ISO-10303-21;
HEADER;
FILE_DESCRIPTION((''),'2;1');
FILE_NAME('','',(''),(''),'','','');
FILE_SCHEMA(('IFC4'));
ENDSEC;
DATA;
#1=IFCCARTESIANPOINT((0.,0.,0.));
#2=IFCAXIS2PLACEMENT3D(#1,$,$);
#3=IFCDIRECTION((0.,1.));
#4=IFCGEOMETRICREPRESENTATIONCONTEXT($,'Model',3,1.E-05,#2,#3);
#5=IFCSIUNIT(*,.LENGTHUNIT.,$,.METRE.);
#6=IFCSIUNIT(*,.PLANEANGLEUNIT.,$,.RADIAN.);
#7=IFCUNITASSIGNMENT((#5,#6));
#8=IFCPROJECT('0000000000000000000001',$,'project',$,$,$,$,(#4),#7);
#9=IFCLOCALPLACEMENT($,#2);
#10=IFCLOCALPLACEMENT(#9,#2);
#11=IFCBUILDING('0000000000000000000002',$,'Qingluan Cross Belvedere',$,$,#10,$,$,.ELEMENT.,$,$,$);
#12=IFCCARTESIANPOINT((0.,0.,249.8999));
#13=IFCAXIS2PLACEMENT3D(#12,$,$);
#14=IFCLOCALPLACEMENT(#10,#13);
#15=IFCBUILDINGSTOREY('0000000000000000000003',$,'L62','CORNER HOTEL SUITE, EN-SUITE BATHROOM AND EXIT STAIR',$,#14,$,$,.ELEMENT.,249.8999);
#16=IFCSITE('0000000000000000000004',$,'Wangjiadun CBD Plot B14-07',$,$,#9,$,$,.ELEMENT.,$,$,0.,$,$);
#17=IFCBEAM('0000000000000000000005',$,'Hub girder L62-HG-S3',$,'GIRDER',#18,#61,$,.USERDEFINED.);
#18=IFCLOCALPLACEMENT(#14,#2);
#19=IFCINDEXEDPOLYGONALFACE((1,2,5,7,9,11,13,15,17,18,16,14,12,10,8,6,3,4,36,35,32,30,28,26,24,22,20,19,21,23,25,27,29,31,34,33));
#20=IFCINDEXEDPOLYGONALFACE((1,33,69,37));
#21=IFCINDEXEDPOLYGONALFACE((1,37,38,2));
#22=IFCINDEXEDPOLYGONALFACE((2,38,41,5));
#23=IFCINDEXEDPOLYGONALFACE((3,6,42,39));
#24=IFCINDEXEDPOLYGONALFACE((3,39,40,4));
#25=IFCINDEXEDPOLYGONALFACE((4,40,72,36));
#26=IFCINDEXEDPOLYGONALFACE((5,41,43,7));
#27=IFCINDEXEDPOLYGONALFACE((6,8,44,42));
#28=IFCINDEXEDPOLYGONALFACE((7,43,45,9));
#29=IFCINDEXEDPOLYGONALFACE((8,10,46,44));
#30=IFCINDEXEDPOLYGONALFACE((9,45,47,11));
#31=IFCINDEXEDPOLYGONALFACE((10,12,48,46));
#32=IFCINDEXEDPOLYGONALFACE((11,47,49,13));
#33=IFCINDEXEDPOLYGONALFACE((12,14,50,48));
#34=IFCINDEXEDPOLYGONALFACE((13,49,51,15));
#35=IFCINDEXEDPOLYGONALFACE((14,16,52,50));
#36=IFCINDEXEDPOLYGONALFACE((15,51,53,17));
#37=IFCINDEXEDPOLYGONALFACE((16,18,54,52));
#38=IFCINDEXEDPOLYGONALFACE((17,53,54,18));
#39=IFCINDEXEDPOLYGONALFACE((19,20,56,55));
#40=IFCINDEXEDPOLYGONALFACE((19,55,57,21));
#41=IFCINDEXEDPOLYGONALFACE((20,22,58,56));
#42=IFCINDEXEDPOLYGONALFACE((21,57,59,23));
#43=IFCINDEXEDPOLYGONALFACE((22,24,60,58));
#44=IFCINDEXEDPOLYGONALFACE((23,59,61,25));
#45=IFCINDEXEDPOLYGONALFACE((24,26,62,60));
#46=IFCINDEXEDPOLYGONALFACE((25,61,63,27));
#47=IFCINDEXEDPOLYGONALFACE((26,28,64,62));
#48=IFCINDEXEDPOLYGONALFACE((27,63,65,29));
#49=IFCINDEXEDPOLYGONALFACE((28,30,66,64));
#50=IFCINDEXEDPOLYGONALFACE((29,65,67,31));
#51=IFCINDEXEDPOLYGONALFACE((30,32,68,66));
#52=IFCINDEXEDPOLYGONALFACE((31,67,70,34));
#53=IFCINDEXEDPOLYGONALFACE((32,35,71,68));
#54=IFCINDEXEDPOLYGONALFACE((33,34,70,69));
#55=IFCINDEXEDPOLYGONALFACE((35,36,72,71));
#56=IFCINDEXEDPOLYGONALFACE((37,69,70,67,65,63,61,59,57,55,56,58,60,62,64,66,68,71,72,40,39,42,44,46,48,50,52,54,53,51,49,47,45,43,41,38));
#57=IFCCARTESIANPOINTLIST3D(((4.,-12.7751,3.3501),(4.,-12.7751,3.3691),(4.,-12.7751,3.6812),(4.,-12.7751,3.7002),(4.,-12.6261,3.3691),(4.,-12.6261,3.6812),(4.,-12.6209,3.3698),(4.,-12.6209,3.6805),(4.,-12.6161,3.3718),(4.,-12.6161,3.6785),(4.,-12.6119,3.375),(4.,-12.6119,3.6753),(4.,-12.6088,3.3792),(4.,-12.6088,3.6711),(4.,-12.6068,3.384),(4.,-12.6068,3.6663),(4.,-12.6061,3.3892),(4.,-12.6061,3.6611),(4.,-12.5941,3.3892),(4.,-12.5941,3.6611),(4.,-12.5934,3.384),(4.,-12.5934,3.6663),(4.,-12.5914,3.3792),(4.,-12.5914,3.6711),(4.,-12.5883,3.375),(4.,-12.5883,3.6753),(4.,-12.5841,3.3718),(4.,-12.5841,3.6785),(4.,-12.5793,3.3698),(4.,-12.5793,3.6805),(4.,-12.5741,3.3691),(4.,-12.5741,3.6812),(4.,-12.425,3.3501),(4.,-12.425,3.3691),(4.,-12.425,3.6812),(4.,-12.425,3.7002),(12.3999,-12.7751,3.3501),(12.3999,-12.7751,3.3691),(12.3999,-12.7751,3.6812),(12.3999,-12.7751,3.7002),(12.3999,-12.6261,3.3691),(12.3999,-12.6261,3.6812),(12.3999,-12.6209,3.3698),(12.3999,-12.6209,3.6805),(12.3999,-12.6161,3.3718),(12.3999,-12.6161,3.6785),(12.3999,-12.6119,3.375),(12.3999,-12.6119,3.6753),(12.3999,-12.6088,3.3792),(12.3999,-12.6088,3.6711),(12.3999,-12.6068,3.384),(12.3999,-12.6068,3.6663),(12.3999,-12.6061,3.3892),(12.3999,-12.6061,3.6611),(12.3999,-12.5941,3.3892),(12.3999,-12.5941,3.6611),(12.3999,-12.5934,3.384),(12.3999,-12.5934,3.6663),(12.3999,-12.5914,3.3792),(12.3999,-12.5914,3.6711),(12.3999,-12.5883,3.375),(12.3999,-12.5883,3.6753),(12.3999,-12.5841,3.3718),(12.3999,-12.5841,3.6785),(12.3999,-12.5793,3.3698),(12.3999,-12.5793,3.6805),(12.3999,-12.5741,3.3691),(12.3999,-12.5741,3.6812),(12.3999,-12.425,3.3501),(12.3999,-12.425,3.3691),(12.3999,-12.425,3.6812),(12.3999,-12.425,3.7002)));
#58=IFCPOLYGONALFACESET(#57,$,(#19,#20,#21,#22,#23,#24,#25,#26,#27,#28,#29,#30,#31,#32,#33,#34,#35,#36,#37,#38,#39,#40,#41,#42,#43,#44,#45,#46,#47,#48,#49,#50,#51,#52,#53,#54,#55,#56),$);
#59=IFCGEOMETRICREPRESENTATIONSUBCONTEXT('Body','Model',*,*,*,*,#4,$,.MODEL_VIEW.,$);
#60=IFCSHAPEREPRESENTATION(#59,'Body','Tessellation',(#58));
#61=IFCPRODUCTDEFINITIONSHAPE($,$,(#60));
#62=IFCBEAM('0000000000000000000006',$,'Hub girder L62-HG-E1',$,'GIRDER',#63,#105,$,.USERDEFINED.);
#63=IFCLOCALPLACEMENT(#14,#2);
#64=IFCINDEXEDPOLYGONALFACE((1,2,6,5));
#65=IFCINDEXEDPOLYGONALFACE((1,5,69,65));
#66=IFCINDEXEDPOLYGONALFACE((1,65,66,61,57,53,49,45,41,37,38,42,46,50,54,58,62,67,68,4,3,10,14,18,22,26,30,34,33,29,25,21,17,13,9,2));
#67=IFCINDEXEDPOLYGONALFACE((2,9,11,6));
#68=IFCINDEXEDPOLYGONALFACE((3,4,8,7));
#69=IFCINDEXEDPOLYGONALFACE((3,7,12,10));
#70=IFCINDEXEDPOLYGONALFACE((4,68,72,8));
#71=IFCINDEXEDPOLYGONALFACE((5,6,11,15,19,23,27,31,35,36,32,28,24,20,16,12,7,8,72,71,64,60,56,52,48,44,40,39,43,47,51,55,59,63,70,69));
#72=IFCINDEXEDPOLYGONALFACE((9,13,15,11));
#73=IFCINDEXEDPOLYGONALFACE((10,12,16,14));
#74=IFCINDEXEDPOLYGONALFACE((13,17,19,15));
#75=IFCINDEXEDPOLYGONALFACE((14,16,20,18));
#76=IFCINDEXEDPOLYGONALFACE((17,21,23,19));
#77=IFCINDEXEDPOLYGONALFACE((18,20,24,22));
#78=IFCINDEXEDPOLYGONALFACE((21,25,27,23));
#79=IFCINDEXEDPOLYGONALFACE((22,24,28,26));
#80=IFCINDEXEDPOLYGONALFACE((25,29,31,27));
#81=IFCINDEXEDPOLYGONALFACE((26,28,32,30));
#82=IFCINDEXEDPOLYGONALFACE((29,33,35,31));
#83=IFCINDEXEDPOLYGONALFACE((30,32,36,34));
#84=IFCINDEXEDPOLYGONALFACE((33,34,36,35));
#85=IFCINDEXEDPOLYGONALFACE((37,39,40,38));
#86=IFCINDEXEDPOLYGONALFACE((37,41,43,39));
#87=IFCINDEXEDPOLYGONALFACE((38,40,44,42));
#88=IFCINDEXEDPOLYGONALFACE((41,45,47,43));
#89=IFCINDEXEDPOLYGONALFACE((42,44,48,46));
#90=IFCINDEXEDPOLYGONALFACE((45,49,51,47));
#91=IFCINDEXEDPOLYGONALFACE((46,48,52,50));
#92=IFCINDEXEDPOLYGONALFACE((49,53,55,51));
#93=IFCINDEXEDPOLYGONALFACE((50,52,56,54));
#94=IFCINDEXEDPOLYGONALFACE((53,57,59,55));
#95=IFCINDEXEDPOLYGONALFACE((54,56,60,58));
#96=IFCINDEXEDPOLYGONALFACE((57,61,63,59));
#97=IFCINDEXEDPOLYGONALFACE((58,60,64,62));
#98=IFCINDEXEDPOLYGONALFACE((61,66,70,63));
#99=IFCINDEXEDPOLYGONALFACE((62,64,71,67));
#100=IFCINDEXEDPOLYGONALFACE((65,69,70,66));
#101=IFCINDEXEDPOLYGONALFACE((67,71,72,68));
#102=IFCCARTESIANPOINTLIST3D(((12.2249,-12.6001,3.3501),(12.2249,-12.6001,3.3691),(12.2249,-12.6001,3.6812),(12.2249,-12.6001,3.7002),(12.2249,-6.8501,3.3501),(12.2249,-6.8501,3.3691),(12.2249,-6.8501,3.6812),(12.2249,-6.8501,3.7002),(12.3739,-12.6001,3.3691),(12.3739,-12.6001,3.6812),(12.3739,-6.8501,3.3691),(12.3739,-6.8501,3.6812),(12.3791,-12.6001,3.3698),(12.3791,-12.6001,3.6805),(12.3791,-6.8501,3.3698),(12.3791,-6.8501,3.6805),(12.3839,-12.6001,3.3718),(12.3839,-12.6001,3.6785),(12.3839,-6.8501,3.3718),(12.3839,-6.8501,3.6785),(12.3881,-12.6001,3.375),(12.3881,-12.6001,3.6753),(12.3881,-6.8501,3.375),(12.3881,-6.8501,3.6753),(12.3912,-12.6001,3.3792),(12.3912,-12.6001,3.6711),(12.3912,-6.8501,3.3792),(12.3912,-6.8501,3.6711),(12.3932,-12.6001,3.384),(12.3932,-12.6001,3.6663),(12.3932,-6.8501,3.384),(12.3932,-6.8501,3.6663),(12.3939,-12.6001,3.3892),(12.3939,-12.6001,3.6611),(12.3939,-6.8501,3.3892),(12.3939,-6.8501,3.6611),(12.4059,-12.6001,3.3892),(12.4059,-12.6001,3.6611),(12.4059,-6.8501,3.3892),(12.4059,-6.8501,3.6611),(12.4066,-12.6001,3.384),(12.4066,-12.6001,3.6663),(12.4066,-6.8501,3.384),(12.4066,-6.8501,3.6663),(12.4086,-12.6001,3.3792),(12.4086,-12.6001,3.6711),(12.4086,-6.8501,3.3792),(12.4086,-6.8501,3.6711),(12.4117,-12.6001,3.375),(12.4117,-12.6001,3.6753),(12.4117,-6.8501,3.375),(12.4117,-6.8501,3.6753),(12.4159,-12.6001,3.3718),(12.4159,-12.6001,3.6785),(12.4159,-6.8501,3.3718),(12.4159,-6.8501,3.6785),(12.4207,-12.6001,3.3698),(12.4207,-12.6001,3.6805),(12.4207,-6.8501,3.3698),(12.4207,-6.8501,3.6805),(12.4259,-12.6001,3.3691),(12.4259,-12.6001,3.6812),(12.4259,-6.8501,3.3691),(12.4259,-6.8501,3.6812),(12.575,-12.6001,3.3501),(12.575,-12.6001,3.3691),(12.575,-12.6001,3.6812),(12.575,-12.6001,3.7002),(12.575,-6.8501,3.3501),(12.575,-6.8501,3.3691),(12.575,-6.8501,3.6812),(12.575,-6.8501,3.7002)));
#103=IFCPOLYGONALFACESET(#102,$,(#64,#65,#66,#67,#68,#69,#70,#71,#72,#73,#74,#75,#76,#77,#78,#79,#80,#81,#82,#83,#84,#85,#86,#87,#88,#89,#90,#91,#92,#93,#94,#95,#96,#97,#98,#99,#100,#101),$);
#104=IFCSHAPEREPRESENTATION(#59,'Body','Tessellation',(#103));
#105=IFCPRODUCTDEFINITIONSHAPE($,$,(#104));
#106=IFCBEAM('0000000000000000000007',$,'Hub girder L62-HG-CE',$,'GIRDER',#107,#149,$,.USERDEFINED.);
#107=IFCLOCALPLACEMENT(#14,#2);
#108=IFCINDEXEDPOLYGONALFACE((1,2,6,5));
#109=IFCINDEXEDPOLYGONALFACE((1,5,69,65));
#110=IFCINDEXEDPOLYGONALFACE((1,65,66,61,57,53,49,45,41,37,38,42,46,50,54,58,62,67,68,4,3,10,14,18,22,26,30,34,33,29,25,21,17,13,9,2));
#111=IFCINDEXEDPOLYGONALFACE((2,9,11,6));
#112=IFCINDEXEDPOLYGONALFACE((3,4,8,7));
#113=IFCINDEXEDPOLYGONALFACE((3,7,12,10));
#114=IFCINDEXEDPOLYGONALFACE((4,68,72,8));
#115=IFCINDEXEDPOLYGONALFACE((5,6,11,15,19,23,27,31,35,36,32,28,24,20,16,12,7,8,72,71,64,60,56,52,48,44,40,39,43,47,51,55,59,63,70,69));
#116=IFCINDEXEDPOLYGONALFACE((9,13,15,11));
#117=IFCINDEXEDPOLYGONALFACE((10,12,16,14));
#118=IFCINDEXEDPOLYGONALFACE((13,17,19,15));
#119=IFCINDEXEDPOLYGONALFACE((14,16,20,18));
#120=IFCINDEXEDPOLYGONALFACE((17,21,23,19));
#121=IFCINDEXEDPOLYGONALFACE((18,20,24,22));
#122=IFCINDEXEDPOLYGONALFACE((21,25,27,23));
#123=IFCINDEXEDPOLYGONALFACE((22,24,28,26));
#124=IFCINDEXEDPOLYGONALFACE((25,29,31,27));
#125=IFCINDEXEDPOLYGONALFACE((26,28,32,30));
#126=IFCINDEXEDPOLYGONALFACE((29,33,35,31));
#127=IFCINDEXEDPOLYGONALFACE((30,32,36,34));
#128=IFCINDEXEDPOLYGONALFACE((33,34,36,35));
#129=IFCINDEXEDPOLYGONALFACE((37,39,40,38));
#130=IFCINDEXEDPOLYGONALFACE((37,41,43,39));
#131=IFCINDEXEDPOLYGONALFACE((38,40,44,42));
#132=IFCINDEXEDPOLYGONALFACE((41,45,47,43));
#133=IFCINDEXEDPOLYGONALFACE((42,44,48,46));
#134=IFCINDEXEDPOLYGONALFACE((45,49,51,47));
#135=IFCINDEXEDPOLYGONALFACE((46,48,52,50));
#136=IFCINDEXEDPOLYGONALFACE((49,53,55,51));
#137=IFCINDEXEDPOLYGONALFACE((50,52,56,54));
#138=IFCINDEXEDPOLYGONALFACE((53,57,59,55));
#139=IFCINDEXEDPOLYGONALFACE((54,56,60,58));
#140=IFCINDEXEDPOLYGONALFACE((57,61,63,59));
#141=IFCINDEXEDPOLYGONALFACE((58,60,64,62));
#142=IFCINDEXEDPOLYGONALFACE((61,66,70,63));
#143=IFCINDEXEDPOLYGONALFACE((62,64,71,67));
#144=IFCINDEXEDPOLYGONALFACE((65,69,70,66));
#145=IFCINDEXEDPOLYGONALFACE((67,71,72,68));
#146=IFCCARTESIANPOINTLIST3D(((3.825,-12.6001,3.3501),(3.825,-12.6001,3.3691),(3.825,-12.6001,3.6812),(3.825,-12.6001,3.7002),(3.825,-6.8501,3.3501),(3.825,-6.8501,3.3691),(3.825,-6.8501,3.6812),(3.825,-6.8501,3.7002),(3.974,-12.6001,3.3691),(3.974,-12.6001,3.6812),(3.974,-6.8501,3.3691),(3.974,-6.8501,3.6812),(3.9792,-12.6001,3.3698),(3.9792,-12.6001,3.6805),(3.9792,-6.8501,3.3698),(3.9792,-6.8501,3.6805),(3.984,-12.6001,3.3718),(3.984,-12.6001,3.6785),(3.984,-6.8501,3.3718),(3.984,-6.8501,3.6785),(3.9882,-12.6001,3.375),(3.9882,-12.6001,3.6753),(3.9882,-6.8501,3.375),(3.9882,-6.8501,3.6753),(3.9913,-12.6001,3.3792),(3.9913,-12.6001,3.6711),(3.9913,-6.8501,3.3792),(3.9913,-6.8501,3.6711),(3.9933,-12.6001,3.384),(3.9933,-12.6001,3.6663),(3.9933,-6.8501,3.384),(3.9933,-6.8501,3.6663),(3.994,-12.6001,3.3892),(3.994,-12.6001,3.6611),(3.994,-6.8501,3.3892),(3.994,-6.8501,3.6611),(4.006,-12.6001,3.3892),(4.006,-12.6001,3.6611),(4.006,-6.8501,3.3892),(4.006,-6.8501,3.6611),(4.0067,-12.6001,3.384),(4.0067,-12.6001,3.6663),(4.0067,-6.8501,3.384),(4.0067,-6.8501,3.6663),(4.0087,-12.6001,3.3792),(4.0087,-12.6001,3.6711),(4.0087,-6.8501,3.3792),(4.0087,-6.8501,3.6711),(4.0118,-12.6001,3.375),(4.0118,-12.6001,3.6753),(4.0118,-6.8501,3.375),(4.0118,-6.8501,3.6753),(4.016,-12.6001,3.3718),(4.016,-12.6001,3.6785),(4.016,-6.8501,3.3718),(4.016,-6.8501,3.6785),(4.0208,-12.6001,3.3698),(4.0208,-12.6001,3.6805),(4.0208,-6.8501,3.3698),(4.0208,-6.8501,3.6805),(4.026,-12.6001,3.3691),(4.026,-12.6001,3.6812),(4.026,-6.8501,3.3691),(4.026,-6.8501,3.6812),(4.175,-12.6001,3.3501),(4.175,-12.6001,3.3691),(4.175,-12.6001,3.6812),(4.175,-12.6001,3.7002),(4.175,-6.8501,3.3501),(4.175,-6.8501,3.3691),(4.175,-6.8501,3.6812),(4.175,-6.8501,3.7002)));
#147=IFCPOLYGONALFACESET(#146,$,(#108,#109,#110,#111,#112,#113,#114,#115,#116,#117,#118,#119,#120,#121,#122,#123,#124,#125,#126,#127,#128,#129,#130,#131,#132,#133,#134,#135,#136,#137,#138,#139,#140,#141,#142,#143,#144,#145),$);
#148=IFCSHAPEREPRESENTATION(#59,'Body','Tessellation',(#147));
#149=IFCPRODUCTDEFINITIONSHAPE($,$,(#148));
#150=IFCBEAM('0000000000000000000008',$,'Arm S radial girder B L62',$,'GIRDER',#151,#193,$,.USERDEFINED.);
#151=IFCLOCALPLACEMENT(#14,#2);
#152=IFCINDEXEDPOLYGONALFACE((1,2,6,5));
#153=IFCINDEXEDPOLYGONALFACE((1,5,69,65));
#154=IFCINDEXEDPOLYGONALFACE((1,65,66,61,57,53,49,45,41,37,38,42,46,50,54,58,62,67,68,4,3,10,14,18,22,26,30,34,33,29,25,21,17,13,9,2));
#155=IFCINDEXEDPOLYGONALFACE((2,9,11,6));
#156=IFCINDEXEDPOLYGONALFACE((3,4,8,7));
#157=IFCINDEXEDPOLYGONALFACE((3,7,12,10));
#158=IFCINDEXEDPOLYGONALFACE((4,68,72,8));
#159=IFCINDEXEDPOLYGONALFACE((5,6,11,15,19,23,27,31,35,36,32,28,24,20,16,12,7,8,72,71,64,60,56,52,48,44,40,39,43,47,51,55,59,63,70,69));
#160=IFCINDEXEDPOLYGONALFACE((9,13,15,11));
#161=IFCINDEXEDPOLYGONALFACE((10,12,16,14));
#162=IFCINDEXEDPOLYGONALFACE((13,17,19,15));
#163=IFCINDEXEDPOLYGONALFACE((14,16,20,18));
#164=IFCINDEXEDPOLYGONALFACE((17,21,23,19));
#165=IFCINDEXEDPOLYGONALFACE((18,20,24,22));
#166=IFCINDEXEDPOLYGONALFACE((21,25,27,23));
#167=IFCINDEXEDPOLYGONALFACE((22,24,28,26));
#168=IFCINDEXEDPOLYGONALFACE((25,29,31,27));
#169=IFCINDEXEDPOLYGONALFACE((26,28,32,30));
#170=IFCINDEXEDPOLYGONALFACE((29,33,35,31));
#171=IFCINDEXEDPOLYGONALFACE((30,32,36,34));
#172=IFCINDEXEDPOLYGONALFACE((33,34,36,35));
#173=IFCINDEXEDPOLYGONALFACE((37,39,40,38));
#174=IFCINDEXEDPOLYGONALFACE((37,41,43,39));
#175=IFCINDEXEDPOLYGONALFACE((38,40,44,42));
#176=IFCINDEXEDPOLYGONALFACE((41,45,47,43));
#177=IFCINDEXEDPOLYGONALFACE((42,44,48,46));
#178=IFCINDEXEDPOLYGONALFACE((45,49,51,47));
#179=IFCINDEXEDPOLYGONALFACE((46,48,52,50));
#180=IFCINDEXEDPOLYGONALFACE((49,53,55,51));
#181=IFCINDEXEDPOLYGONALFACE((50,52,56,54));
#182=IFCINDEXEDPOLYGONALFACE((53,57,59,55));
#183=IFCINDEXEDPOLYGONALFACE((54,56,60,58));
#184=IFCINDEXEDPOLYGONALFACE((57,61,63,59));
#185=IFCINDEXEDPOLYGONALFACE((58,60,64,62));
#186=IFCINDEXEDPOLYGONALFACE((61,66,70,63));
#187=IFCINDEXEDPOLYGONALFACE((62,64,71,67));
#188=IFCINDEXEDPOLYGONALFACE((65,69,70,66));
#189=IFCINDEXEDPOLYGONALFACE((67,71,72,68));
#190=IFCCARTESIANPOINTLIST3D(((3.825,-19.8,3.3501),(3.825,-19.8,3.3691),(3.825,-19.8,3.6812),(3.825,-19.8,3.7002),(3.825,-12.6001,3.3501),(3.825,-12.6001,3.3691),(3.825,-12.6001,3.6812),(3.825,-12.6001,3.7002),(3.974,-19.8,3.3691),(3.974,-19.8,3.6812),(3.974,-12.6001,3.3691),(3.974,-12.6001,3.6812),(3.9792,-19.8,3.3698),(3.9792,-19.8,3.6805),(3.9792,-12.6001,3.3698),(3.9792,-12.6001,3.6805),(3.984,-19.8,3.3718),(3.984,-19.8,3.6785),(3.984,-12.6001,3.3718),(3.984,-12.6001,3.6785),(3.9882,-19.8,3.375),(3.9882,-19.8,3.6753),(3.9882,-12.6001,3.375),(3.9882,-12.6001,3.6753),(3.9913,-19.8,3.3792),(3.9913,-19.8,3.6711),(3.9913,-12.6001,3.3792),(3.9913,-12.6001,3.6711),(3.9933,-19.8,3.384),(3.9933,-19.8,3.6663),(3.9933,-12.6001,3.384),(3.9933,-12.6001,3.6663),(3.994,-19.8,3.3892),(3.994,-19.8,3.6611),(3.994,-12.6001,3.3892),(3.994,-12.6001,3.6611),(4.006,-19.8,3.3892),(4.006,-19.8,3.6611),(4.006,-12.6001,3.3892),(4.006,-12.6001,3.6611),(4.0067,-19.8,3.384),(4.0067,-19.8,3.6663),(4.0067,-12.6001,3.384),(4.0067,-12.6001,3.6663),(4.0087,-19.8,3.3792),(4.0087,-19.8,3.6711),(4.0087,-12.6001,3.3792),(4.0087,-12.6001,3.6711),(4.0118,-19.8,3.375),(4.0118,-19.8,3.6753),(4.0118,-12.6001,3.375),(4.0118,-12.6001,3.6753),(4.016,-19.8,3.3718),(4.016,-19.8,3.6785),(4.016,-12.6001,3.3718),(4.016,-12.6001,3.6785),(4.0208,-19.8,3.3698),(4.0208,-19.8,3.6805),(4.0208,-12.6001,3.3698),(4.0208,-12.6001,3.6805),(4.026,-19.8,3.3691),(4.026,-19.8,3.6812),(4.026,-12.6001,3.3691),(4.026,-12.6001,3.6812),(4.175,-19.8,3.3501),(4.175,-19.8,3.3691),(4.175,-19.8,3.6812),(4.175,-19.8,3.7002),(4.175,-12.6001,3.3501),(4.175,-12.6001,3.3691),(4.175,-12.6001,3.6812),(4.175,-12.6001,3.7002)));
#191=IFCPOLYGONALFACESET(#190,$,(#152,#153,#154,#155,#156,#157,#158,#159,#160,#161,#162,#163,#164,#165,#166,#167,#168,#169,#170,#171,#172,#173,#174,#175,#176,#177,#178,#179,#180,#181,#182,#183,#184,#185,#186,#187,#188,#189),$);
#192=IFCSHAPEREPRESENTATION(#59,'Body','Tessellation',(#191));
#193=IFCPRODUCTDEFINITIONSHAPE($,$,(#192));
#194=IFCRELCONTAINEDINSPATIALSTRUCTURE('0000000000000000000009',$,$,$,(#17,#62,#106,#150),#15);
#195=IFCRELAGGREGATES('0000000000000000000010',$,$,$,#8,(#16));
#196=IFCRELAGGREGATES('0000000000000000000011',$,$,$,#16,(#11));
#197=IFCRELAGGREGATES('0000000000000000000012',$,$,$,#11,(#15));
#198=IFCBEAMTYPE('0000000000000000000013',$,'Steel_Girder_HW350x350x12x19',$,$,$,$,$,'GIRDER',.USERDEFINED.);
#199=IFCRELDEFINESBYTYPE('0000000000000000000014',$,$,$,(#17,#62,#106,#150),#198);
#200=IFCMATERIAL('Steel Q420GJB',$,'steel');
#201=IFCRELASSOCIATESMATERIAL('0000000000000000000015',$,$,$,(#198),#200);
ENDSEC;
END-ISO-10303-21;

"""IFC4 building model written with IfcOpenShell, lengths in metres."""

from ifc_helpers import new_model, si_unit, direction, frame, origin, origin_2d, place, context, subcontext, project, spatial, i_section, extrude, material, material_profile, profile_set, type_object, element, save


model = new_model("IFC4")

# Units and contexts
model_context = context("Model", 3, precision=1e-05, world=origin(), true_north=direction((0.0, 1.0)))
body_context = subcontext(model_context, "Body", "Model", "MODEL_VIEW")
ifc_project = project(units=[si_unit("LENGTHUNIT", "METRE"), si_unit("PLANEANGLEUNIT", "RADIAN")], contexts=[model_context])

# Site, building, storey
site_placement = place(None, origin())
site = spatial("IfcSite", under=ifc_project, at=site_placement, Name="Wangjiadun CBD Plot B14-07", CompositionType="ELEMENT", RefElevation=0.0)
building_placement = place(site_placement, origin())
building = spatial("IfcBuilding", under=site, at=building_placement, Name="Qingluan Cross Belvedere", CompositionType="ELEMENT")
storey_placement = place(building_placement, frame((0.0, 0.0, 249.8999)))
storey = spatial("IfcBuildingStorey", under=building, at=storey_placement, Name="L62", Description="CORNER HOTEL SUITE, EN-SUITE BATHROOM AND EXIT STAIR", CompositionType="ELEMENT", Elevation=249.8999)

# Beams
ifc_material_1 = material(Name="Steel Q420GJB", Category="steel")
ifc_material_profile_1 = material_profile(ifc_material_1, i_section(OverallWidth=0.3501, OverallDepth=0.3501, WebThickness=0.012, FlangeThickness=0.019, FilletRadius=0.02, at=origin_2d()), Name="HW350x350x12x19")
ifc_profile_set_1 = profile_set([ifc_material_profile_1], Name="Steel Q420GJB")
beam_type_1 = type_object("IfcBeamType", Name="Steel_Girder_HW350x350x12x19", ElementType="GIRDER", PredefinedType="USERDEFINED", material=ifc_profile_set_1)
beam_1_placement = place(storey_placement, frame((4.0, -12.6001, 3.5251), z_axis=(1.0, 0.0, 0.0), x_axis=(0.0, 1.0, 0.0)))
element("IfcBeam", 1, at=beam_1_placement, inside=storey, type_object=beam_type_1, Name="Hub girder L62-HG-S3", ObjectType="GIRDER", PredefinedType="USERDEFINED", context=body_context, shape_type="SweptSolid", body=[
    extrude(i_section(OverallWidth=0.3501, OverallDepth=0.3501, WebThickness=0.012, FlangeThickness=0.019, FilletRadius=0.02, at=origin_2d()), origin(), (0.0, 0.0, 1.0), 8.3999),
])
for number, where, z_axis, x_axis, name in (
    (2, (12.3999, -12.6001, 3.5251), (0.0, 1.0, 0.0), (-1.0, 0.0, 0.0), "Hub girder L62-HG-E1"),
    (3, (4.0, -12.6001, 3.5251), (0.0, 1.0, 0.0), (-1.0, 0.0, 0.0), "Hub girder L62-HG-CE"),
):
    element("IfcBeam", number, at=place(storey_placement, frame(where, z_axis=z_axis, x_axis=x_axis)), inside=storey, type_object=beam_type_1, Name=name, ObjectType="GIRDER", PredefinedType="USERDEFINED", context=body_context, shape_type="SweptSolid", body=[
        extrude(i_section(OverallWidth=0.3501, OverallDepth=0.3501, WebThickness=0.012, FlangeThickness=0.019, FilletRadius=0.02, at=origin_2d()), origin(), (0.0, 0.0, 1.0), 5.75),
    ])
beam_2_placement = place(storey_placement, frame((4.0, -12.6001, 3.5251), z_axis=(0.0, -1.0, 0.0), x_axis=(1.0, 0.0, 0.0)))
element("IfcBeam", 4, at=beam_2_placement, inside=storey, type_object=beam_type_1, Name="Arm S radial girder B L62", ObjectType="GIRDER", PredefinedType="USERDEFINED", context=body_context, shape_type="SweptSolid", body=[
    extrude(i_section(OverallWidth=0.3501, OverallDepth=0.3501, WebThickness=0.012, FlangeThickness=0.019, FilletRadius=0.02, at=origin_2d()), origin(), (0.0, 0.0, 1.0), 7.2),
])

save(model, "model.ifc")
